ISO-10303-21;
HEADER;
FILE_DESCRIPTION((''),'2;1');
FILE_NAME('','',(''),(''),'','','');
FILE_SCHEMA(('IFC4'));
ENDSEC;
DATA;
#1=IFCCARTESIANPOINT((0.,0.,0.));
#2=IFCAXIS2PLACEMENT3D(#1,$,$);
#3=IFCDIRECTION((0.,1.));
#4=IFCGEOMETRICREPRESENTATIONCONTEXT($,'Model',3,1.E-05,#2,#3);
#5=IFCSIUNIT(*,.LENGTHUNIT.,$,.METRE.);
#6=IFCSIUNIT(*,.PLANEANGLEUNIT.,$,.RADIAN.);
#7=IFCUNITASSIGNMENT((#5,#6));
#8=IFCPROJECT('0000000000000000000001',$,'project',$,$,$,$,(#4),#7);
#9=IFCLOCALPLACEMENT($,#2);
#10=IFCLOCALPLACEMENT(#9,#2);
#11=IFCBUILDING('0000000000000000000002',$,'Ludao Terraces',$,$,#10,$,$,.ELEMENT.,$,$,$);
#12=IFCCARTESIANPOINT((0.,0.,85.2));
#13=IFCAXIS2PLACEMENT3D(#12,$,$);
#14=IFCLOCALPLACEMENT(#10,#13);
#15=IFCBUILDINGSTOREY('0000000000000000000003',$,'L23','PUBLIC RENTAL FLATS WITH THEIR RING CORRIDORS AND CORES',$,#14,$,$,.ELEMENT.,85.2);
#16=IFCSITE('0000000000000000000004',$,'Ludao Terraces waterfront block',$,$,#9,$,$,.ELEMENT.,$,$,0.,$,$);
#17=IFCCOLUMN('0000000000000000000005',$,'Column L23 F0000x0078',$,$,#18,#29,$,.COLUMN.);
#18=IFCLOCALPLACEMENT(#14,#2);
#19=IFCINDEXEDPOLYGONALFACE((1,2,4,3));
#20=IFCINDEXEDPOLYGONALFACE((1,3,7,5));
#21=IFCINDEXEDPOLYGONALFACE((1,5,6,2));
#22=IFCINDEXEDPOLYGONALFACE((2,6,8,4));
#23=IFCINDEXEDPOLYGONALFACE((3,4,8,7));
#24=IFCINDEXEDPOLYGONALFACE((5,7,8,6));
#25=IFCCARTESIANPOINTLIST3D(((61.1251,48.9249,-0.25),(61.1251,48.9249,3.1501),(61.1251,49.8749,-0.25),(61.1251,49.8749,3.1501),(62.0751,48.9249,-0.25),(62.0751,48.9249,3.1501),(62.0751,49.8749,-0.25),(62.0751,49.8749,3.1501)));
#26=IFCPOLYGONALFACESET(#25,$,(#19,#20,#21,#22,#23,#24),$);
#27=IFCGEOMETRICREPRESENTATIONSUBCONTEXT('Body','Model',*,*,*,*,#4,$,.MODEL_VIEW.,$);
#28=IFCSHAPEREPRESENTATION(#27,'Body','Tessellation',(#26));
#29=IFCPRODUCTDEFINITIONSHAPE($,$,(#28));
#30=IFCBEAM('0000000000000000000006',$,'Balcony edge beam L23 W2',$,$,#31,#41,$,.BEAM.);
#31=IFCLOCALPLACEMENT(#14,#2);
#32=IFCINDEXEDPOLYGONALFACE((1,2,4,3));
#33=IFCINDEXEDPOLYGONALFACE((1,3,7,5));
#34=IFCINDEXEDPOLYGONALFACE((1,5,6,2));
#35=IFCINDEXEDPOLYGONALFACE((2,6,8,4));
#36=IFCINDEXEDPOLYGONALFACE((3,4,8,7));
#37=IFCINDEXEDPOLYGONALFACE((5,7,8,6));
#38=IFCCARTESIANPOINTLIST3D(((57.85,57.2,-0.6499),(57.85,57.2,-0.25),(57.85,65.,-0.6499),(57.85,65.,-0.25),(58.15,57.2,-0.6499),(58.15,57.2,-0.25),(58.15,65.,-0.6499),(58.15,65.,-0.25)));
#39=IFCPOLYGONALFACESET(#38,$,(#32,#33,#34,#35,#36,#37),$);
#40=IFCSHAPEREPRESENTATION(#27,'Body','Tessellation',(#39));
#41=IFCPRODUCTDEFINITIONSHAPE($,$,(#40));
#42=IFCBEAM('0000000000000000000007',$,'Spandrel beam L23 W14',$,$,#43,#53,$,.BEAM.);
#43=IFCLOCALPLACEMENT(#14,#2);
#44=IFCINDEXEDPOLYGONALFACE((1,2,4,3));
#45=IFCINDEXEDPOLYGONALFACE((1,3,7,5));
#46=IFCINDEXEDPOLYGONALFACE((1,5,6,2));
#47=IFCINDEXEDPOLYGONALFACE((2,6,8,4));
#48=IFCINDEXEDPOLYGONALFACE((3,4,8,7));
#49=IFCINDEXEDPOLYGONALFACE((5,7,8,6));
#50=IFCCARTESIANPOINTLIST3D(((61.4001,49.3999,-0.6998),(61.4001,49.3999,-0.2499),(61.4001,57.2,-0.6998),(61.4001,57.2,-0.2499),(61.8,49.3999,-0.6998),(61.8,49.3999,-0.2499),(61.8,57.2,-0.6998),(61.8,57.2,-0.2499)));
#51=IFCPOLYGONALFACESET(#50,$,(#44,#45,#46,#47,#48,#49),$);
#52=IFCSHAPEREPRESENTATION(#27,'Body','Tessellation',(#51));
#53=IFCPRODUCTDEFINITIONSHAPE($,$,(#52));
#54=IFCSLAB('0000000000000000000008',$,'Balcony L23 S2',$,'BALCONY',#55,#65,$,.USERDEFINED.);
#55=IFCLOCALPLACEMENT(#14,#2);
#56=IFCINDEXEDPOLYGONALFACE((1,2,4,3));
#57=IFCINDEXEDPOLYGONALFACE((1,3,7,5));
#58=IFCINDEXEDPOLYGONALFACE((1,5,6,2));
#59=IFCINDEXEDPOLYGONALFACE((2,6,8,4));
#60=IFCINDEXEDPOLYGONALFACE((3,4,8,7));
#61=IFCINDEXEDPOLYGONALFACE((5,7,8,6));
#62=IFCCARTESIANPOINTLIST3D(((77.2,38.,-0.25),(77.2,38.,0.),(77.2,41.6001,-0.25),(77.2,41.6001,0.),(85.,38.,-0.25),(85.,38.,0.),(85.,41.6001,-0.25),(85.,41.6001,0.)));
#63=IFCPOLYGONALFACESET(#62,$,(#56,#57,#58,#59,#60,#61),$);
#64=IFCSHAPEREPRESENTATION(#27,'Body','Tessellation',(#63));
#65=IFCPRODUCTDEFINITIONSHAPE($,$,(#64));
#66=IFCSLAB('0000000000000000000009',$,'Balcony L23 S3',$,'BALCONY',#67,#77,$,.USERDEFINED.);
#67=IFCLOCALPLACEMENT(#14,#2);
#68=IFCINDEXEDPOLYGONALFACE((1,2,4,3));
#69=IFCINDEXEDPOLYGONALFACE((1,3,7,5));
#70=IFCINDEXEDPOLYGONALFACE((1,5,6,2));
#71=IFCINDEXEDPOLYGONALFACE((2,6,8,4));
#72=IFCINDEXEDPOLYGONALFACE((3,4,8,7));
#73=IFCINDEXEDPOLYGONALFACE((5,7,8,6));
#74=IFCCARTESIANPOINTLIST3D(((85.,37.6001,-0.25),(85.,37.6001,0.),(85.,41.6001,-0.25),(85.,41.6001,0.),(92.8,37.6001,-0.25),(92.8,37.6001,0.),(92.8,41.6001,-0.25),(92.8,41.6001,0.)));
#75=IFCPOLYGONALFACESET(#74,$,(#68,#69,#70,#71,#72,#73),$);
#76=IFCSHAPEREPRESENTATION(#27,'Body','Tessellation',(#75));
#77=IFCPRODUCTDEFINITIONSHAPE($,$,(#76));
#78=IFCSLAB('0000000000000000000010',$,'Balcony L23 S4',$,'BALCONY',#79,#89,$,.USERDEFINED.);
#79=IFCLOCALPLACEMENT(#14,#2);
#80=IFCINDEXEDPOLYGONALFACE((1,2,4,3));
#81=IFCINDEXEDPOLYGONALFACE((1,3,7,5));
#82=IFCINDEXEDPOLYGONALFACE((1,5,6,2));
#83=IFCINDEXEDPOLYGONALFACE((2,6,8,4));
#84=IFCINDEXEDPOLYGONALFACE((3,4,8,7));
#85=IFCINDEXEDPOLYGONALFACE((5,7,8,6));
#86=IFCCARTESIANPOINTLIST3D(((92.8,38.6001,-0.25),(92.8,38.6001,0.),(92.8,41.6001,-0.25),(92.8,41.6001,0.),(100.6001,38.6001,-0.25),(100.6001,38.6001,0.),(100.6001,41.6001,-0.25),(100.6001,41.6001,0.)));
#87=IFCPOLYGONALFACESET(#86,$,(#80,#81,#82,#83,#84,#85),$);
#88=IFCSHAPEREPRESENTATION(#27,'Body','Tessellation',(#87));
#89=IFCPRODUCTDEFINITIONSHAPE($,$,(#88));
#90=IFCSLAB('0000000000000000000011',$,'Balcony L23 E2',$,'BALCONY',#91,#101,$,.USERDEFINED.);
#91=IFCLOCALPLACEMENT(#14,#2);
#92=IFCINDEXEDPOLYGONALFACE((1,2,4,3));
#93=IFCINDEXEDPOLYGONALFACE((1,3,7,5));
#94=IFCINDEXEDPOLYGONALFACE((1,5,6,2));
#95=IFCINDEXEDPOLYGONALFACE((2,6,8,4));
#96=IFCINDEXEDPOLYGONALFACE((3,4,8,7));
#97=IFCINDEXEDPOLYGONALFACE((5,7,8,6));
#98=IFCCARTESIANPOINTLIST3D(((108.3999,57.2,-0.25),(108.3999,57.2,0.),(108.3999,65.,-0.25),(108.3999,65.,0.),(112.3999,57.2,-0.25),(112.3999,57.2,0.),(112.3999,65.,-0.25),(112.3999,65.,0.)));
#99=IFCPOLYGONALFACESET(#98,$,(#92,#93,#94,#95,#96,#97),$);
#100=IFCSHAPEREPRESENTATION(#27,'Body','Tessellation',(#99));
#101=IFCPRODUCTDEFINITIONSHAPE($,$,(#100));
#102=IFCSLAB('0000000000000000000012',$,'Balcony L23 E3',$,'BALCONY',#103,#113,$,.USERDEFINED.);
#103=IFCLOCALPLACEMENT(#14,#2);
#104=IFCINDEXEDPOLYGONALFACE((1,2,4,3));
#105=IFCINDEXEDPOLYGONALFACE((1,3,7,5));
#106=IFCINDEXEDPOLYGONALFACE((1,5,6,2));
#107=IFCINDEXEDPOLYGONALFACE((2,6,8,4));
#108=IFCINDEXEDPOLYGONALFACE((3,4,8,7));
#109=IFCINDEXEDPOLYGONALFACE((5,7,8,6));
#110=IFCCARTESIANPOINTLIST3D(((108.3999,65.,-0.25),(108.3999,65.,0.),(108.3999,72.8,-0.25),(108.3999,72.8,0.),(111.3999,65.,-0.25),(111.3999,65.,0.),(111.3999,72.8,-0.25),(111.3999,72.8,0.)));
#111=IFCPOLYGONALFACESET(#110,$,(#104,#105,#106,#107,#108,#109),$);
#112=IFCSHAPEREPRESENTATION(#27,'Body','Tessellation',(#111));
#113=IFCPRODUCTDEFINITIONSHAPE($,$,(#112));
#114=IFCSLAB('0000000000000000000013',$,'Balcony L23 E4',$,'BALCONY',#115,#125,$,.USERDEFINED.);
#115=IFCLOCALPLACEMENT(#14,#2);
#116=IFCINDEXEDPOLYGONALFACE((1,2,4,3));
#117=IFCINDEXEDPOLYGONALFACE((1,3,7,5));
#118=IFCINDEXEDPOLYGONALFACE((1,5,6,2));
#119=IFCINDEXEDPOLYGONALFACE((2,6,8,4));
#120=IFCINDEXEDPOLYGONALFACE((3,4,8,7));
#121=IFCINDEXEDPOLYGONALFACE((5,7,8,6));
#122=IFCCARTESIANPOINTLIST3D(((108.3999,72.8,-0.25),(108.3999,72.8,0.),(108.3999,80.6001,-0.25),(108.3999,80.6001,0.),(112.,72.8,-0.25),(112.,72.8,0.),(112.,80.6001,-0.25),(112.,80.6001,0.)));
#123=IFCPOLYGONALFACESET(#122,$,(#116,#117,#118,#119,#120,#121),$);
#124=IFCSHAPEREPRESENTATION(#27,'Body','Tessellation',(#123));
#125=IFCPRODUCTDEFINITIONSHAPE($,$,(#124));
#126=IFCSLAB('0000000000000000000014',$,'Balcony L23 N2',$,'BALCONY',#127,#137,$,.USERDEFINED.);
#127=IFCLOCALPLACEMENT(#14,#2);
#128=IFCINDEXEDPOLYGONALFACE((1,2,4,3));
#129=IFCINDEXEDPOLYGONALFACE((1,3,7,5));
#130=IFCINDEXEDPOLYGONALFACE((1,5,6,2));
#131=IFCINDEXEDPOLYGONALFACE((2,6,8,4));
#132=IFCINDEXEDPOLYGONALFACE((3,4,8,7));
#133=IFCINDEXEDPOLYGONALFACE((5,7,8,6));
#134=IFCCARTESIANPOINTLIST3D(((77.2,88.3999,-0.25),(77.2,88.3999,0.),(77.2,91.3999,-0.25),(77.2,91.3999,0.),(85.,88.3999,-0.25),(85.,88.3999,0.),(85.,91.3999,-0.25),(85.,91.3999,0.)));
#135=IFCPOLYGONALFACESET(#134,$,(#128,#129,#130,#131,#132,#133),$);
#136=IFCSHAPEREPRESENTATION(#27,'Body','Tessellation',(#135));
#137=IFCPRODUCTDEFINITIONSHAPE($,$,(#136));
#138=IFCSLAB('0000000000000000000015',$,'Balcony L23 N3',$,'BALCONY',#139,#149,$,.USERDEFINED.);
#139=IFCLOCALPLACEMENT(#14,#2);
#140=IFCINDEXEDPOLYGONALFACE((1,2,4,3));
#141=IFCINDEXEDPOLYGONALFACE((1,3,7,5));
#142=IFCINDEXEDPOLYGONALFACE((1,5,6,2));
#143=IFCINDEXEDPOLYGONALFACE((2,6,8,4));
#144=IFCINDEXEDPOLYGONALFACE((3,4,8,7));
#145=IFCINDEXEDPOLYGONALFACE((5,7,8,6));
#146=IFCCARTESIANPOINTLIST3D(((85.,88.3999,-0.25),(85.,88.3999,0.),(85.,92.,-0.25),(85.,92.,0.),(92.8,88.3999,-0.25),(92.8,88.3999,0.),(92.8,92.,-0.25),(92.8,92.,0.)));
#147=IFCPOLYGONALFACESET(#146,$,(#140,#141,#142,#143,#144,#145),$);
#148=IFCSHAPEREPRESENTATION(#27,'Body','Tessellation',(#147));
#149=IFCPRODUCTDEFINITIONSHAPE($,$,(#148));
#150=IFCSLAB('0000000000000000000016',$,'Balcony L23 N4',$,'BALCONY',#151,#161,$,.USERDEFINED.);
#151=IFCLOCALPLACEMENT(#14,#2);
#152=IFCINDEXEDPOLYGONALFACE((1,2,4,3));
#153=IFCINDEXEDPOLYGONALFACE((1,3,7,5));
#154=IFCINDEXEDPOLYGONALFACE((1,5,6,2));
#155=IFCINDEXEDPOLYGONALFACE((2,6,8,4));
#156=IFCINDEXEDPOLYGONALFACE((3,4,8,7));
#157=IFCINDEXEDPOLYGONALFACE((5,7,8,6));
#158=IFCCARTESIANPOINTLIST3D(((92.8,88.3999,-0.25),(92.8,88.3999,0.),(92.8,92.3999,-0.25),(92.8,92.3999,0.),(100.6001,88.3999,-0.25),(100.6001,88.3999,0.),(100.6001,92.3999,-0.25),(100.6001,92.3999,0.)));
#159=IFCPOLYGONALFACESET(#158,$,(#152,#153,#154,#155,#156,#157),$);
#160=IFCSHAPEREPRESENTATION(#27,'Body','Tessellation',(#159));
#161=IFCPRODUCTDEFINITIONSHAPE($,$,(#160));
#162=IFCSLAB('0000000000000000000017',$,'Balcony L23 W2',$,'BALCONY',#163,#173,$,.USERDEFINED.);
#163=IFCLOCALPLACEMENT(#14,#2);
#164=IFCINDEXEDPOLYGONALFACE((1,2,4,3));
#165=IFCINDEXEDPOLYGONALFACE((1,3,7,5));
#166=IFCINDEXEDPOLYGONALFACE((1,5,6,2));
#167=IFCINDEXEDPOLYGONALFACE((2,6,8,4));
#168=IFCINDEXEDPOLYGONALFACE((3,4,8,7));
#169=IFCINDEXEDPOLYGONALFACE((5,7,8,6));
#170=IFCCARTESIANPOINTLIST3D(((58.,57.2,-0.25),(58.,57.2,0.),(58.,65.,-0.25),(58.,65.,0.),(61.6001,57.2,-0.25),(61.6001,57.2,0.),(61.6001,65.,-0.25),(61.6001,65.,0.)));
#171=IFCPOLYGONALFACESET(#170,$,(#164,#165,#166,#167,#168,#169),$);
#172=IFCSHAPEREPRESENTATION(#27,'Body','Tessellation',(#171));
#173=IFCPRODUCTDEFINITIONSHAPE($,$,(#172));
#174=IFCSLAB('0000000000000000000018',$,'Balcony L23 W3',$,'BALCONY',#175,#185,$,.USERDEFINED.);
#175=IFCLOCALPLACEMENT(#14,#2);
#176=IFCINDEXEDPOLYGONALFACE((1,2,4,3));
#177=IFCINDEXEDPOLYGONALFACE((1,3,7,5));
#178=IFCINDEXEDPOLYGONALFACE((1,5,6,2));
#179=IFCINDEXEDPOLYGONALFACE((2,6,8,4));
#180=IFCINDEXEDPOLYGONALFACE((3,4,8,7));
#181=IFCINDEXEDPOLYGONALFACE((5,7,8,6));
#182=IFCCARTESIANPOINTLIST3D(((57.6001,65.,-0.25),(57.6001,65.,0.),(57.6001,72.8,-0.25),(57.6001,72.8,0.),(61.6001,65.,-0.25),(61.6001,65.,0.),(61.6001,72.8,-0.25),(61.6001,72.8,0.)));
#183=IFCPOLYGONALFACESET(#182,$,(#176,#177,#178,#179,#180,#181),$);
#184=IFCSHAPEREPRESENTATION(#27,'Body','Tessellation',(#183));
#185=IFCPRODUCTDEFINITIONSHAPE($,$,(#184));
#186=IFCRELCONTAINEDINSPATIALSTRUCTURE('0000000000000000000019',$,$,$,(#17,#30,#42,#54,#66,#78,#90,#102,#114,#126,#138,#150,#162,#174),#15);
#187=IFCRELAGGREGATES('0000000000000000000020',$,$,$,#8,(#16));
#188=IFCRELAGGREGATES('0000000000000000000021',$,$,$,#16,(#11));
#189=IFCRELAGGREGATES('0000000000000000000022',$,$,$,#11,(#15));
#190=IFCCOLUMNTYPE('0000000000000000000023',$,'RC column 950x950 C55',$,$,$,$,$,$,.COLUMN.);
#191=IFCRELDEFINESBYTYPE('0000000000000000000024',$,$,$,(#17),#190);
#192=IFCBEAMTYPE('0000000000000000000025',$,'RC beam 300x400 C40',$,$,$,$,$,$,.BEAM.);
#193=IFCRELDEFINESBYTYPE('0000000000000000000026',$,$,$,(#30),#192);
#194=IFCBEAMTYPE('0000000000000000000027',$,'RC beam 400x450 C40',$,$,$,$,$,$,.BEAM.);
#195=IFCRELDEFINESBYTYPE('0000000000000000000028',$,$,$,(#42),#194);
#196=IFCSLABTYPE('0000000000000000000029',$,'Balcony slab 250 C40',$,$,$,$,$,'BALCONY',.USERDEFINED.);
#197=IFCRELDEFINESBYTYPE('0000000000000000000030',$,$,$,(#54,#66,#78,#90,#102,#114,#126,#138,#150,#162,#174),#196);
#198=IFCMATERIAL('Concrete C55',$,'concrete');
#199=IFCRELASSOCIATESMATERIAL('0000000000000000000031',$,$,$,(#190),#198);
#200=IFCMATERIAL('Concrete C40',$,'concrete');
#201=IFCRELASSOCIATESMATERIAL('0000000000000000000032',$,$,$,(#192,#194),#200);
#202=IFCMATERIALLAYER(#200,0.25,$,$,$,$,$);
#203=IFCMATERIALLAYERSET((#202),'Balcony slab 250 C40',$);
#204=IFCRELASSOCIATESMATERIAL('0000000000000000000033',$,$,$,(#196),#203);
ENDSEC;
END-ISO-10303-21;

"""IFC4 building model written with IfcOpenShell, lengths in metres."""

from ifc_helpers import new_model, si_unit, direction, frame, origin, origin_2d, place, context, subcontext, project, spatial, polyline, rectangle, outline, extrude, material, layer, layer_set, material_profile, profile_set, type_object, element, save


model = new_model("IFC4")

# Units and contexts
model_context = context("Model", 3, precision=1e-05, world=origin(), true_north=direction((0.0, 1.0)))
body_context = subcontext(model_context, "Body", "Model", "MODEL_VIEW")
ifc_project = project(units=[si_unit("LENGTHUNIT", "METRE"), si_unit("PLANEANGLEUNIT", "RADIAN")], contexts=[model_context])

# Site, building, storey
site_placement = place(None, origin())
site = spatial("IfcSite", under=ifc_project, at=site_placement, Name="Ludao Terraces waterfront block", CompositionType="ELEMENT", RefElevation=0.0)
building_placement = place(site_placement, origin())
building = spatial("IfcBuilding", under=site, at=building_placement, Name="Ludao Terraces", CompositionType="ELEMENT")
storey_placement = place(building_placement, frame((0.0, 0.0, 85.2)))
storey = spatial("IfcBuildingStorey", under=building, at=storey_placement, Name="L23", Description="PUBLIC RENTAL FLATS WITH THEIR RING CORRIDORS AND CORES", CompositionType="ELEMENT", Elevation=85.2)

# Column
ifc_material_1 = material(Name="Concrete C55", Category="concrete")
ifc_material_profile_1 = material_profile(ifc_material_1, rectangle(XDim=0.95, YDim=0.95, at=origin_2d()), Name="950 X 950")
ifc_profile_set_1 = profile_set([ifc_material_profile_1], Name="Concrete C55")
column_type = type_object("IfcColumnType", Name="RC column 950x950 C55", PredefinedType="COLUMN", material=ifc_profile_set_1)
column_placement = place(storey_placement, frame((61.6001, 49.3999, -0.25), z_axis=(0.0, 0.0, 1.0), x_axis=(1.0, 0.0, 0.0)))
element("IfcColumn", 1, at=column_placement, inside=storey, type_object=column_type, Name="Column L23 F0000x0078", PredefinedType="COLUMN", context=body_context, shape_type="SweptSolid", body=[
    extrude(rectangle(XDim=0.95, YDim=0.95, at=origin_2d()), origin(), (0.0, 0.0, 1.0), 3.4001),
])

# Beams
ifc_material_2 = material(Name="Concrete C40", Category="concrete")
ifc_material_profile_2 = material_profile(ifc_material_2, rectangle(XDim=0.3, YDim=0.3999, at=origin_2d()), Name="300 X 400")
ifc_profile_set_2 = profile_set([ifc_material_profile_2], Name="Concrete C40")
beam_type_1 = type_object("IfcBeamType", Name="RC beam 300x400 C40", PredefinedType="BEAM", material=ifc_profile_set_2)
beam_1_placement = place(storey_placement, frame((58.0, 57.2, -0.45), z_axis=(0.0, 1.0, 0.0), x_axis=(-1.0, 0.0, 0.0)))
element("IfcBeam", 2, at=beam_1_placement, inside=storey, type_object=beam_type_1, Name="Balcony edge beam L23 W2", PredefinedType="BEAM", context=body_context, shape_type="SweptSolid", body=[
    extrude(rectangle(XDim=0.3, YDim=0.3999, at=origin_2d()), origin(), (0.0, 0.0, 1.0), 7.8),
])
ifc_material_profile_3 = material_profile(ifc_material_2, rectangle(XDim=0.3999, YDim=0.45, at=origin_2d()), Name="400 X 450")
ifc_profile_set_3 = profile_set([ifc_material_profile_3], Name="Concrete C40")
beam_type_2 = type_object("IfcBeamType", Name="RC beam 400x450 C40", PredefinedType="BEAM", material=ifc_profile_set_3)
beam_2_placement = place(storey_placement, frame((61.6001, 49.3999, -0.4749), z_axis=(0.0, 1.0, 0.0), x_axis=(-1.0, 0.0, 0.0)))
element("IfcBeam", 3, at=beam_2_placement, inside=storey, type_object=beam_type_2, Name="Spandrel beam L23 W14", PredefinedType="BEAM", context=body_context, shape_type="SweptSolid", body=[
    extrude(rectangle(XDim=0.3999, YDim=0.45, at=origin_2d()), origin(), (0.0, 0.0, 1.0), 7.8),
])

# Slabs
ifc_layer_1 = layer(ifc_material_2, 0.25)
ifc_layer_set_1 = layer_set([ifc_layer_1], Name="Balcony slab 250 C40")
slab_type_1 = type_object("IfcSlabType", Name="Balcony slab 250 C40", ElementType="BALCONY", PredefinedType="USERDEFINED", material=ifc_layer_set_1)
slab_1_placement = place(storey_placement, frame((0.0, 0.0, -0.25)))
element("IfcSlab", 4, at=slab_1_placement, inside=storey, type_object=slab_type_1, Name="Balcony L23 S2", ObjectType="BALCONY", PredefinedType="USERDEFINED", context=body_context, shape_type="SweptSolid", body=[
    extrude(outline(polyline([(77.2, 38.0), (85.0, 38.0), (85.0, 41.6001), (77.2, 41.6001), (77.2, 38.0)])), origin(), (0.0, 0.0, 1.0), 0.25),
])
slab_2_placement = place(storey_placement, frame((0.0, 0.0, -0.25)))
element("IfcSlab", 5, at=slab_2_placement, inside=storey, type_object=slab_type_1, Name="Balcony L23 S3", ObjectType="BALCONY", PredefinedType="USERDEFINED", context=body_context, shape_type="SweptSolid", body=[
    extrude(outline(polyline([(85.0, 37.6001), (92.8, 37.6001), (92.8, 41.6001), (85.0, 41.6001), (85.0, 37.6001)])), origin(), (0.0, 0.0, 1.0), 0.25),
])
slab_3_placement = place(storey_placement, frame((0.0, 0.0, -0.25)))
element("IfcSlab", 6, at=slab_3_placement, inside=storey, type_object=slab_type_1, Name="Balcony L23 S4", ObjectType="BALCONY", PredefinedType="USERDEFINED", context=body_context, shape_type="SweptSolid", body=[
    extrude(outline(polyline([(92.8, 38.6001), (100.6001, 38.6001), (100.6001, 41.6001), (92.8, 41.6001), (92.8, 38.6001)])), origin(), (0.0, 0.0, 1.0), 0.25),
])
slab_4_placement = place(storey_placement, frame((0.0, 0.0, -0.25)))
element("IfcSlab", 7, at=slab_4_placement, inside=storey, type_object=slab_type_1, Name="Balcony L23 E2", ObjectType="BALCONY", PredefinedType="USERDEFINED", context=body_context, shape_type="SweptSolid", body=[
    extrude(outline(polyline([(108.3999, 57.2), (112.3999, 57.2), (112.3999, 65.0), (108.3999, 65.0), (108.3999, 57.2)])), origin(), (0.0, 0.0, 1.0), 0.25),
])
slab_5_placement = place(storey_placement, frame((0.0, 0.0, -0.25)))
element("IfcSlab", 8, at=slab_5_placement, inside=storey, type_object=slab_type_1, Name="Balcony L23 E3", ObjectType="BALCONY", PredefinedType="USERDEFINED", context=body_context, shape_type="SweptSolid", body=[
    extrude(outline(polyline([(108.3999, 65.0), (111.3999, 65.0), (111.3999, 72.8), (108.3999, 72.8), (108.3999, 65.0)])), origin(), (0.0, 0.0, 1.0), 0.25),
])
slab_6_placement = place(storey_placement, frame((0.0, 0.0, -0.25)))
element("IfcSlab", 9, at=slab_6_placement, inside=storey, type_object=slab_type_1, Name="Balcony L23 E4", ObjectType="BALCONY", PredefinedType="USERDEFINED", context=body_context, shape_type="SweptSolid", body=[
    extrude(outline(polyline([(108.3999, 72.8), (112.0, 72.8), (112.0, 80.6001), (108.3999, 80.6001), (108.3999, 72.8)])), origin(), (0.0, 0.0, 1.0), 0.25),
])
slab_7_placement = place(storey_placement, frame((0.0, 0.0, -0.25)))
element("IfcSlab", 10, at=slab_7_placement, inside=storey, type_object=slab_type_1, Name="Balcony L23 N2", ObjectType="BALCONY", PredefinedType="USERDEFINED", context=body_context, shape_type="SweptSolid", body=[
    extrude(outline(polyline([(77.2, 88.3999), (85.0, 88.3999), (85.0, 91.3999), (77.2, 91.3999), (77.2, 88.3999)])), origin(), (0.0, 0.0, 1.0), 0.25),
])
slab_8_placement = place(storey_placement, frame((0.0, 0.0, -0.25)))
element("IfcSlab", 11, at=slab_8_placement, inside=storey, type_object=slab_type_1, Name="Balcony L23 N3", ObjectType="BALCONY", PredefinedType="USERDEFINED", context=body_context, shape_type="SweptSolid", body=[
    extrude(outline(polyline([(85.0, 88.3999), (92.8, 88.3999), (92.8, 92.0), (85.0, 92.0), (85.0, 88.3999)])), origin(), (0.0, 0.0, 1.0), 0.25),
])
slab_9_placement = place(storey_placement, frame((0.0, 0.0, -0.25)))
element("IfcSlab", 12, at=slab_9_placement, inside=storey, type_object=slab_type_1, Name="Balcony L23 N4", ObjectType="BALCONY", PredefinedType="USERDEFINED", context=body_context, shape_type="SweptSolid", body=[
    extrude(outline(polyline([(92.8, 88.3999), (100.6001, 88.3999), (100.6001, 92.3999), (92.8, 92.3999), (92.8, 88.3999)])), origin(), (0.0, 0.0, 1.0), 0.25),
])
slab_10_placement = place(storey_placement, frame((0.0, 0.0, -0.25)))
element("IfcSlab", 13, at=slab_10_placement, inside=storey, type_object=slab_type_1, Name="Balcony L23 W2", ObjectType="BALCONY", PredefinedType="USERDEFINED", context=body_context, shape_type="SweptSolid", body=[
    extrude(outline(polyline([(58.0, 57.2), (61.6001, 57.2), (61.6001, 65.0), (58.0, 65.0), (58.0, 57.2)])), origin(), (0.0, 0.0, 1.0), 0.25),
])
slab_11_placement = place(storey_placement, frame((0.0, 0.0, -0.25)))
element("IfcSlab", 14, at=slab_11_placement, inside=storey, type_object=slab_type_1, Name="Balcony L23 W3", ObjectType="BALCONY", PredefinedType="USERDEFINED", context=body_context, shape_type="SweptSolid", body=[
    extrude(outline(polyline([(57.6001, 65.0), (61.6001, 65.0), (61.6001, 72.8), (57.6001, 72.8), (57.6001, 65.0)])), origin(), (0.0, 0.0, 1.0), 0.25),
])

save(model, "model.ifc")
